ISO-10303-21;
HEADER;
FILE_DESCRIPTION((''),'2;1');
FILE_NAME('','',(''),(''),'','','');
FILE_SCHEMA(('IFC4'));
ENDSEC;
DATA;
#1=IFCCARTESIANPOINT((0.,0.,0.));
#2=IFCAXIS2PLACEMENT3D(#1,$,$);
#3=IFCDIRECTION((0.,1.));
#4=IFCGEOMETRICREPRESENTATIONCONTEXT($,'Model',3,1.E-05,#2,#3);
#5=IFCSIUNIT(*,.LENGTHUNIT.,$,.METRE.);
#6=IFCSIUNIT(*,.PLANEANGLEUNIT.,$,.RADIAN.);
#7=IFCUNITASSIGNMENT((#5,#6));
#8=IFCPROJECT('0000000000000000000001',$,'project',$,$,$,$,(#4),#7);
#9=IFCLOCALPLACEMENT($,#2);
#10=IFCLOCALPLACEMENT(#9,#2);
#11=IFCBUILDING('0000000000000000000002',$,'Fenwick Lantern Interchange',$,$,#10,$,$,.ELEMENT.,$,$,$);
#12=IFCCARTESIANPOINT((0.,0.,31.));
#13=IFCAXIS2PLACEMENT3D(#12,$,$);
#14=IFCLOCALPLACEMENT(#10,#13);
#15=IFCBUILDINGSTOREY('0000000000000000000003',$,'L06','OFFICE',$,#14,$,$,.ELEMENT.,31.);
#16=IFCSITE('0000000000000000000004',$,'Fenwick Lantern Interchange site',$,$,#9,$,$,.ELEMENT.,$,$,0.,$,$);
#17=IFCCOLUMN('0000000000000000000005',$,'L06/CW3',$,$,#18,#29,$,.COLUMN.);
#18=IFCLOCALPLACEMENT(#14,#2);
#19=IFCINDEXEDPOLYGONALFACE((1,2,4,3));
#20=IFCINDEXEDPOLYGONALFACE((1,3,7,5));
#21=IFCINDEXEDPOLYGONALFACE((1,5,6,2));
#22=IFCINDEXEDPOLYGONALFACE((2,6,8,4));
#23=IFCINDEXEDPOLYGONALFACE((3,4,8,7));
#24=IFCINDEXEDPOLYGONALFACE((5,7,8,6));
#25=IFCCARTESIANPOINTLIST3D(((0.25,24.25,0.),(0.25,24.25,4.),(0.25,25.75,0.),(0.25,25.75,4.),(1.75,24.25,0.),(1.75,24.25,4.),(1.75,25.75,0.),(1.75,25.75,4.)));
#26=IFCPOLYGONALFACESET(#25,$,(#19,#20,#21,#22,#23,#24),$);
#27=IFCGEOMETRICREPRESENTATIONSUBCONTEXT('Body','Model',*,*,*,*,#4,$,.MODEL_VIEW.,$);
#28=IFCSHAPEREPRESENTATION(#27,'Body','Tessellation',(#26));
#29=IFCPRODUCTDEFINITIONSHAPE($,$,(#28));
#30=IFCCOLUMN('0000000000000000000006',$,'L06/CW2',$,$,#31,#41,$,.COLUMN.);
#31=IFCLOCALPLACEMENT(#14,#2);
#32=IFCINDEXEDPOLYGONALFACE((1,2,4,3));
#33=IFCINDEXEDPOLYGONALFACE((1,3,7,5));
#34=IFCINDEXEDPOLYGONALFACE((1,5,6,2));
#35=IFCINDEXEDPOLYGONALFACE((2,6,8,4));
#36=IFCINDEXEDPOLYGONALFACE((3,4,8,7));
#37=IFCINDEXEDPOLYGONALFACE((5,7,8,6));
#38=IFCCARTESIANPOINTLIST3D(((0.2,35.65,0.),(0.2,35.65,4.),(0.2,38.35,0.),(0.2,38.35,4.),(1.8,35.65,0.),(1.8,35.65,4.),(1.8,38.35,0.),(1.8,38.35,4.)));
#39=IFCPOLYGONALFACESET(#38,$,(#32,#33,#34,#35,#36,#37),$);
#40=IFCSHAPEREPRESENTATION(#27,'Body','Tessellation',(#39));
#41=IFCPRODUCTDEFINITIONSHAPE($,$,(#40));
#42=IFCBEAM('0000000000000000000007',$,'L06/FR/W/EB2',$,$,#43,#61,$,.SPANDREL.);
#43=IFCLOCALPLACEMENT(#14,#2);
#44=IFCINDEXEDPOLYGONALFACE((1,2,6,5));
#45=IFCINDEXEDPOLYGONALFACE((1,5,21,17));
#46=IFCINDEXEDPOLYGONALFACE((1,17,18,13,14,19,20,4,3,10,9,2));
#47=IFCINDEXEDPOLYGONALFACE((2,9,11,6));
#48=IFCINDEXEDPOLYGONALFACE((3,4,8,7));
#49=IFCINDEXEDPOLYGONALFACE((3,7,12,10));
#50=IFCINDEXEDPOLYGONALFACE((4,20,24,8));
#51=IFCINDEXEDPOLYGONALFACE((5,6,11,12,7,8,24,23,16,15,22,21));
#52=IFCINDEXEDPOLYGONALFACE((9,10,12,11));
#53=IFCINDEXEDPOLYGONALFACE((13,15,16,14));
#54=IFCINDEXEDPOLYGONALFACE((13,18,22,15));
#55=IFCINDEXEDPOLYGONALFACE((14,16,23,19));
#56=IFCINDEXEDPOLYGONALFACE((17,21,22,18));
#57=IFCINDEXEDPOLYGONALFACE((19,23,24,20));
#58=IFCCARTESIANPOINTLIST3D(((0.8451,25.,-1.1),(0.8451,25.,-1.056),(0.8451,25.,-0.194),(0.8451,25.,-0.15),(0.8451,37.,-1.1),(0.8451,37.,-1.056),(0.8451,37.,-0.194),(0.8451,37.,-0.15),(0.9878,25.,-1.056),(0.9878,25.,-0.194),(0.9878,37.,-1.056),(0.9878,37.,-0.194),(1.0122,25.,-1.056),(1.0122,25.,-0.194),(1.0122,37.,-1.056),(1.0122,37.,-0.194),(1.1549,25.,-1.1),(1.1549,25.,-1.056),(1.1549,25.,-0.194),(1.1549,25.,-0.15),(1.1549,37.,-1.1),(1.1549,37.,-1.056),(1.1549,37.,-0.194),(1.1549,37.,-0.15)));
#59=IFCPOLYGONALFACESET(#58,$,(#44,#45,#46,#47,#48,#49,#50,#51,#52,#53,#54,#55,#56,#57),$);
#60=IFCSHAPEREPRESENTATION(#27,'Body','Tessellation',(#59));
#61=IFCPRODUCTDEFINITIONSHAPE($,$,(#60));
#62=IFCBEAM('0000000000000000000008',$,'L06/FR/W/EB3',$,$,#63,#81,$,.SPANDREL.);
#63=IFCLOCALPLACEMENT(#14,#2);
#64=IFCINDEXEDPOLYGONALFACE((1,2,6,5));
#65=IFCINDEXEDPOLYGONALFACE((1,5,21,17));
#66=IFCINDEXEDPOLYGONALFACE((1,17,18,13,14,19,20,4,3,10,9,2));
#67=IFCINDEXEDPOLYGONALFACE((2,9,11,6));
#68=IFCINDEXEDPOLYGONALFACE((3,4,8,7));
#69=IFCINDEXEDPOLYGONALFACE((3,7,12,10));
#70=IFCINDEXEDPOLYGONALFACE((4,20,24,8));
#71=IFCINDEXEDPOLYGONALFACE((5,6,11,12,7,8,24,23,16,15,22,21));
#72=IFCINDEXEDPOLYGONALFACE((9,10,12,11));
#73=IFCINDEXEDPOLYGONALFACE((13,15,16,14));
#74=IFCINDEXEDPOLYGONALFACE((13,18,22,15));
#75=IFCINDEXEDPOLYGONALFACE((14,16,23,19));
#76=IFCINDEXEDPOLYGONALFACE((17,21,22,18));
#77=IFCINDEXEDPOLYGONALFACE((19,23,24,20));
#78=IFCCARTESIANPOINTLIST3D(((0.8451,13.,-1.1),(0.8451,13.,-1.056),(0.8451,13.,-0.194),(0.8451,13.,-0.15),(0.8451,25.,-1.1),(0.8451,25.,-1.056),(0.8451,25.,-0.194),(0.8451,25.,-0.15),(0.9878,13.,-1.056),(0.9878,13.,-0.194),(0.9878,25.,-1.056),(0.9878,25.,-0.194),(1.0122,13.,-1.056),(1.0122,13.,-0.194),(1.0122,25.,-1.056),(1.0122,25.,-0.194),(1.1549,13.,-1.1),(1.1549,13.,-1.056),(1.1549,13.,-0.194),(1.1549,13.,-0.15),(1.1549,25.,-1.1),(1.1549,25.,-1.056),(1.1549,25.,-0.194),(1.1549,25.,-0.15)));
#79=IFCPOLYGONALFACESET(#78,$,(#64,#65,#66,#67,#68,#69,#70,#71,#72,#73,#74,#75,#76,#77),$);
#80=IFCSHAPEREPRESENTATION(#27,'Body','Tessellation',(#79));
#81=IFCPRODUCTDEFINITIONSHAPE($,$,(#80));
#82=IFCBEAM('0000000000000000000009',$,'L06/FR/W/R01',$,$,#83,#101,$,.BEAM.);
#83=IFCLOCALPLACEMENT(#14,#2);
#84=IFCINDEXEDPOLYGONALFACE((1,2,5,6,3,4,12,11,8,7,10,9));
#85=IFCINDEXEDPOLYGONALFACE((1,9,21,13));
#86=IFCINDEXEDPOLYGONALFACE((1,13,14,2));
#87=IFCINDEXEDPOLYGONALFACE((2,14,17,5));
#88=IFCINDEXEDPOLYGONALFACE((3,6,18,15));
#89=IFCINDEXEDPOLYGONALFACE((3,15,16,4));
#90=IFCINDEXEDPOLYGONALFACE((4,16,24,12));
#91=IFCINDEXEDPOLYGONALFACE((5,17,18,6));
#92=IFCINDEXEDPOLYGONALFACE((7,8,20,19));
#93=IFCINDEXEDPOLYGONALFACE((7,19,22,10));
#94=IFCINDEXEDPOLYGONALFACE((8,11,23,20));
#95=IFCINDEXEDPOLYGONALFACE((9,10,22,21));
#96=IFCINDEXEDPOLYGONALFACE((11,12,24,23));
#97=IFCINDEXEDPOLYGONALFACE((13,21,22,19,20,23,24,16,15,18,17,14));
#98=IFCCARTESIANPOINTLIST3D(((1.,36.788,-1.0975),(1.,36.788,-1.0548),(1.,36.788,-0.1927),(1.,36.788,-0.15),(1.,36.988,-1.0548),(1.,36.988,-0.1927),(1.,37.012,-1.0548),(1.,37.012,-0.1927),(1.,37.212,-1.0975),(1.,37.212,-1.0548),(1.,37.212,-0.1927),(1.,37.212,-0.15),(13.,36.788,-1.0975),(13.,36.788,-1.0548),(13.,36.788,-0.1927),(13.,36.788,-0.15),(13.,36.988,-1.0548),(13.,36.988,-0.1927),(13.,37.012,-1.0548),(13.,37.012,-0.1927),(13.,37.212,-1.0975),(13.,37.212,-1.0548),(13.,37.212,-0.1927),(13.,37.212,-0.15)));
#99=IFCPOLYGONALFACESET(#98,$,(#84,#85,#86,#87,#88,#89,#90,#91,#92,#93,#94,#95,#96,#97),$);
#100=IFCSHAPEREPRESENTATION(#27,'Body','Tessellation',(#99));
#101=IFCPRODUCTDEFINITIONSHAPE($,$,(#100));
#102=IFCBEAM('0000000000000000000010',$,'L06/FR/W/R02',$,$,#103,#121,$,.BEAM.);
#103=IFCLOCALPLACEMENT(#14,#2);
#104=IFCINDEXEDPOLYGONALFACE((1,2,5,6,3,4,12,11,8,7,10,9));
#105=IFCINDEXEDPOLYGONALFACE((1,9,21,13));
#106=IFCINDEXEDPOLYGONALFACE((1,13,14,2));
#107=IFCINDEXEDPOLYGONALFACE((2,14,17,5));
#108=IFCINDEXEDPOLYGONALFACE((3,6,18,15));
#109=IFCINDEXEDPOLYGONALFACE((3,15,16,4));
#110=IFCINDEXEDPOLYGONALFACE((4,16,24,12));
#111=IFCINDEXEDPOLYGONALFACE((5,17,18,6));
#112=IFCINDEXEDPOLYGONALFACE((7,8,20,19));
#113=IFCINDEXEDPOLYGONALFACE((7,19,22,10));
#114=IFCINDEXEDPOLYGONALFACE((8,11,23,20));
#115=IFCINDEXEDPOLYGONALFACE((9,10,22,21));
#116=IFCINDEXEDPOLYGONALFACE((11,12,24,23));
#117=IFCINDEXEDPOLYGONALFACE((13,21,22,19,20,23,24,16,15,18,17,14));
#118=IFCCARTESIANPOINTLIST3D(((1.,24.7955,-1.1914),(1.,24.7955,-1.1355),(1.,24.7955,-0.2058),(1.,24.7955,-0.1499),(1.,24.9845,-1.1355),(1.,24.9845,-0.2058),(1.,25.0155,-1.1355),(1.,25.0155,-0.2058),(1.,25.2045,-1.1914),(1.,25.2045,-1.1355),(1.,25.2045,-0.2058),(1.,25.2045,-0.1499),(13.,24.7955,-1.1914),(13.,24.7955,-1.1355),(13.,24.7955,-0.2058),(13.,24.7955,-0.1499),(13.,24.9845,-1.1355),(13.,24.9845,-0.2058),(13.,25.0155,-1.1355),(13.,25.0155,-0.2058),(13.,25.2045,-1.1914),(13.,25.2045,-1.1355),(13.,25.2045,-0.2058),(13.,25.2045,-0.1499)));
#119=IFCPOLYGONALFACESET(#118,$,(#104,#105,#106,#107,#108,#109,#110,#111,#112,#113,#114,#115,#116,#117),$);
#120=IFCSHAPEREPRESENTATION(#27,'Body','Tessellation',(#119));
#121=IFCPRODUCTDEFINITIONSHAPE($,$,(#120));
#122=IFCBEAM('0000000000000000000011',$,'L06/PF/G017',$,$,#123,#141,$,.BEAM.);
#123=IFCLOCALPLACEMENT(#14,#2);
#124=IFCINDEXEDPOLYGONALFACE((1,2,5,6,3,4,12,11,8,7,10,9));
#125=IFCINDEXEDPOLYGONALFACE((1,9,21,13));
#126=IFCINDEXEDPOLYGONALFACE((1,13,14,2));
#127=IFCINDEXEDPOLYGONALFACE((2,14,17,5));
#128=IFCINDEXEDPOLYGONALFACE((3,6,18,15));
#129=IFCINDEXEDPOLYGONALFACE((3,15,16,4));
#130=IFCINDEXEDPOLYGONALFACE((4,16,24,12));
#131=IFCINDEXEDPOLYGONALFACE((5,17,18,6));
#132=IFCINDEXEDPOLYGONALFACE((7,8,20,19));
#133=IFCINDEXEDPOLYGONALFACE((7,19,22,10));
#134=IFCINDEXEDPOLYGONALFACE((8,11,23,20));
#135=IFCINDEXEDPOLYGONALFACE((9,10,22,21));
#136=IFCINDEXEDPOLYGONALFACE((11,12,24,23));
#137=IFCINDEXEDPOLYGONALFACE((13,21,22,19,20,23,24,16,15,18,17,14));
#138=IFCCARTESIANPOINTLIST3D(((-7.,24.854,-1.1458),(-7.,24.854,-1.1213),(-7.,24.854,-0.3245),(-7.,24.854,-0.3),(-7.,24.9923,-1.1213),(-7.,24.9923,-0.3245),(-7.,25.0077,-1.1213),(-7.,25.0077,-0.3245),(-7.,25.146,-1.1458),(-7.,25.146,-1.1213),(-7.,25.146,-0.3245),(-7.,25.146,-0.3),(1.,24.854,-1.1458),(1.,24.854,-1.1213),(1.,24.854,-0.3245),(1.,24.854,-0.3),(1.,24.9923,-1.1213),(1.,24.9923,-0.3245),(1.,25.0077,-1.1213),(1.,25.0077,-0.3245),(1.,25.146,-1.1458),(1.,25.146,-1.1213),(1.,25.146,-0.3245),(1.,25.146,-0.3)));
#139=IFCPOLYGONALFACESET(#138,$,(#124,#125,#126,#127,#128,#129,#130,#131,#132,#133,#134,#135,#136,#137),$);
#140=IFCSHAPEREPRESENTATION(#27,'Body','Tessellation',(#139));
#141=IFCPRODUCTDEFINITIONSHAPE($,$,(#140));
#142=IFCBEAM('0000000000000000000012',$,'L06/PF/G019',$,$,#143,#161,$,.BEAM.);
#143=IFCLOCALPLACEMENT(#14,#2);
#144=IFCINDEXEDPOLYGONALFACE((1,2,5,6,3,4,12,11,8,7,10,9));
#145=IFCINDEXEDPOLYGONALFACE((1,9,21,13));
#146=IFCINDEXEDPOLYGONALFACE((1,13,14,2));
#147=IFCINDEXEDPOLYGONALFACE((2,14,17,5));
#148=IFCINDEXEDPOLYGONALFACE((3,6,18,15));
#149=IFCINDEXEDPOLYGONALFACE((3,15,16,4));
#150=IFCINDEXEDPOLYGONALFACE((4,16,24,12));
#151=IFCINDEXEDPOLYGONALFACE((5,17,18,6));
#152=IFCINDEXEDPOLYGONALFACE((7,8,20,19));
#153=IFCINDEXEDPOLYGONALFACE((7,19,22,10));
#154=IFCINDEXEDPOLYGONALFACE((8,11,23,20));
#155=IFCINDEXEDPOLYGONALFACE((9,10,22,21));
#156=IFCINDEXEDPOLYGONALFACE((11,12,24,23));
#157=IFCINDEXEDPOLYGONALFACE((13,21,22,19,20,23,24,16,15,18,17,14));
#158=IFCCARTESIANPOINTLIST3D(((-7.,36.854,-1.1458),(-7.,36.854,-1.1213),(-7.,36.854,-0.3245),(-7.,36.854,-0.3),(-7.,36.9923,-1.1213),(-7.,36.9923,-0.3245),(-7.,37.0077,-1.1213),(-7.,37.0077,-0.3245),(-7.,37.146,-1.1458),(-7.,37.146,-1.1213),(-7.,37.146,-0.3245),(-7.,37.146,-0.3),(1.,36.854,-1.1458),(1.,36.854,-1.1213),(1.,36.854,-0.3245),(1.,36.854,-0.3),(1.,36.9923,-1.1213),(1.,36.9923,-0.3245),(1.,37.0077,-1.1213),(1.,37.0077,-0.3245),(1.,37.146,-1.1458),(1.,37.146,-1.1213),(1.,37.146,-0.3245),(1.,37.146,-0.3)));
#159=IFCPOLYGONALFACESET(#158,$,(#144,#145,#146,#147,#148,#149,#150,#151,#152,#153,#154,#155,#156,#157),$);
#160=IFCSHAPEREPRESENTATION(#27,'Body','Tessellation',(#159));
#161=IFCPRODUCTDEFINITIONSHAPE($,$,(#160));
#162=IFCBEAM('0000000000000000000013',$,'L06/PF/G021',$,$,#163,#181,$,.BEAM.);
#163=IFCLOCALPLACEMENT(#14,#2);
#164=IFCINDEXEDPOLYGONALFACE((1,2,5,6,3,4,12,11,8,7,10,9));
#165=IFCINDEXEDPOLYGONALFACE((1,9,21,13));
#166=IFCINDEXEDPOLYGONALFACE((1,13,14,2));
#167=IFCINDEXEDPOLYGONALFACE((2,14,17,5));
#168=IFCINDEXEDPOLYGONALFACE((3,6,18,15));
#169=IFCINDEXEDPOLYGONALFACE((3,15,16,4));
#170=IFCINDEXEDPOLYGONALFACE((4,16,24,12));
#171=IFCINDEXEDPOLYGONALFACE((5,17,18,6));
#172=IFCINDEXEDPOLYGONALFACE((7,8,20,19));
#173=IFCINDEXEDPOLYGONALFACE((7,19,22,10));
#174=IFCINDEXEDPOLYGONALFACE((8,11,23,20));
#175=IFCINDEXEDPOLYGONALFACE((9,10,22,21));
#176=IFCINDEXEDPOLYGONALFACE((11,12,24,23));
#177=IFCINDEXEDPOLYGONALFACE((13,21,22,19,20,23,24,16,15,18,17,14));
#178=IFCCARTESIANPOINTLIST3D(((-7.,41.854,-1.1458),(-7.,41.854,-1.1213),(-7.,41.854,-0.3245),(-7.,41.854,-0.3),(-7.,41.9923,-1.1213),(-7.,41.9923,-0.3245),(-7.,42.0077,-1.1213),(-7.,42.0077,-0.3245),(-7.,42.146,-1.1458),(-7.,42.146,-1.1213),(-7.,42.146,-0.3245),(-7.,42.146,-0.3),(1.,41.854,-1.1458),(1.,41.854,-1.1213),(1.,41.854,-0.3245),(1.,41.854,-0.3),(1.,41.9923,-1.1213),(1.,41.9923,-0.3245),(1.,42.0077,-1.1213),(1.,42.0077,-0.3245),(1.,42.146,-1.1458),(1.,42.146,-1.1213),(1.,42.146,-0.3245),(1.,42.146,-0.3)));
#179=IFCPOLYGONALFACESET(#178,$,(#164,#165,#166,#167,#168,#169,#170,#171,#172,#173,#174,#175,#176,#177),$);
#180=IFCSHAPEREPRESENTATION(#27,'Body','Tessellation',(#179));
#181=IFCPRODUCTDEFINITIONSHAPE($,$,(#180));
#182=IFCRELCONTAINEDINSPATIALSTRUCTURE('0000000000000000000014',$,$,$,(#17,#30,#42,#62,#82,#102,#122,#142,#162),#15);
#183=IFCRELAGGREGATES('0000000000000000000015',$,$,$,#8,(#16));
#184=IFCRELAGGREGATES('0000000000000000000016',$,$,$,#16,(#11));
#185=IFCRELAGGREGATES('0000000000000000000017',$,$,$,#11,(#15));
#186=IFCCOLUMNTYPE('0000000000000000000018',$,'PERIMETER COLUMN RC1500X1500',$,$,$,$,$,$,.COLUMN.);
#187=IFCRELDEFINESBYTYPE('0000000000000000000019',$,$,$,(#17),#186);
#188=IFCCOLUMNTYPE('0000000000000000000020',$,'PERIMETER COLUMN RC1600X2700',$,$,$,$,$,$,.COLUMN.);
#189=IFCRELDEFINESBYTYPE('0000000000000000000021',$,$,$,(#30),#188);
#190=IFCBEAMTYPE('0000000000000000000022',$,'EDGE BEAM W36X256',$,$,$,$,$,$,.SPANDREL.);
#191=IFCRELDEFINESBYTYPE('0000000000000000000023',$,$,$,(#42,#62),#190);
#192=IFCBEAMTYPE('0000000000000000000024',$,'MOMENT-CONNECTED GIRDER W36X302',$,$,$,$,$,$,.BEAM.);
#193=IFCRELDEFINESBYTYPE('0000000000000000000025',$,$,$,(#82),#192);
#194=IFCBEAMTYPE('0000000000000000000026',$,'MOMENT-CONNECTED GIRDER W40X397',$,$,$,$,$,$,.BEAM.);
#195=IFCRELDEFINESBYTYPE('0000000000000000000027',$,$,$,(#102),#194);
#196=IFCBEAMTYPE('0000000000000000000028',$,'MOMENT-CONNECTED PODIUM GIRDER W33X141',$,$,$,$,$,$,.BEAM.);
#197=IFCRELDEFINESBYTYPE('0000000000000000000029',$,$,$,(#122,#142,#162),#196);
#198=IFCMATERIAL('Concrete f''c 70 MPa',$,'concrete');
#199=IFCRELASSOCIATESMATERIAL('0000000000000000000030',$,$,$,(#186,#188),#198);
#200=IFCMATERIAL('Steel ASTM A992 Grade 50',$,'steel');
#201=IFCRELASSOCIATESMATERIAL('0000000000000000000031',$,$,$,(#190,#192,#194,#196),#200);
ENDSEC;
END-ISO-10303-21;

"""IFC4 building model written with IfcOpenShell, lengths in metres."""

from ifc_helpers import new_model, si_unit, direction, frame, origin, origin_2d, place, context, subcontext, project, spatial, rectangle, i_section, extrude, material, material_profile, profile_set, type_object, element, save


model = new_model("IFC4")

# Units and contexts
model_context = context("Model", 3, precision=1e-05, world=origin(), true_north=direction((0.0, 1.0)))
body_context = subcontext(model_context, "Body", "Model", "MODEL_VIEW")
ifc_project = project(units=[si_unit("LENGTHUNIT", "METRE"), si_unit("PLANEANGLEUNIT", "RADIAN")], contexts=[model_context])

# Site, building, storey
site_placement = place(None, origin())
site = spatial("IfcSite", under=ifc_project, at=site_placement, Name="Fenwick Lantern Interchange site", CompositionType="ELEMENT", RefElevation=0.0)
building_placement = place(site_placement, origin())
building = spatial("IfcBuilding", under=site, at=building_placement, Name="Fenwick Lantern Interchange", CompositionType="ELEMENT")
storey_placement = place(building_placement, frame((0.0, 0.0, 31.0)))
storey = spatial("IfcBuildingStorey", under=building, at=storey_placement, Name="L06", Description="OFFICE", CompositionType="ELEMENT", Elevation=31.0)

# Columns
ifc_material_1 = material(Name="Concrete f'c 70 MPa", Category="concrete")
ifc_material_profile_1 = material_profile(ifc_material_1, rectangle(XDim=1.5, YDim=1.5, at=origin_2d()), Name="RC1500X1500")
ifc_profile_set_1 = profile_set([ifc_material_profile_1], Name="Concrete f'c 70 MPa")
column_type_1 = type_object("IfcColumnType", Name="PERIMETER COLUMN RC1500X1500", PredefinedType="COLUMN", material=ifc_profile_set_1)
column_1_placement = place(storey_placement, frame((1.0, 25.0, 0.0), z_axis=(0.0, 0.0, 1.0), x_axis=(1.0, 0.0, 0.0)))
element("IfcColumn", 1, at=column_1_placement, inside=storey, type_object=column_type_1, Name="L06/CW3", PredefinedType="COLUMN", context=body_context, shape_type="SweptSolid", body=[
    extrude(rectangle(XDim=1.5, YDim=1.5, at=origin_2d()), origin(), (0.0, 0.0, 1.0), 4.0),
])
ifc_material_profile_2 = material_profile(ifc_material_1, rectangle(XDim=1.6001, YDim=2.7, at=origin_2d()), Name="RC1600X2700")
ifc_profile_set_2 = profile_set([ifc_material_profile_2], Name="Concrete f'c 70 MPa")
column_type_2 = type_object("IfcColumnType", Name="PERIMETER COLUMN RC1600X2700", PredefinedType="COLUMN", material=ifc_profile_set_2)
column_2_placement = place(storey_placement, frame((1.0, 37.0, 0.0), z_axis=(0.0, 0.0, 1.0), x_axis=(1.0, 0.0, 0.0)))
element("IfcColumn", 2, at=column_2_placement, inside=storey, type_object=column_type_2, Name="L06/CW2", PredefinedType="COLUMN", context=body_context, shape_type="SweptSolid", body=[
    extrude(rectangle(XDim=1.6001, YDim=2.7, at=origin_2d()), origin(), (0.0, 0.0, 1.0), 4.0),
])

# Beams
ifc_material_2 = material(Name="Steel ASTM A992 Grade 50", Category="steel")
ifc_material_profile_3 = material_profile(ifc_material_2, i_section(OverallWidth=0.3098, OverallDepth=0.95, WebThickness=0.0244, FlangeThickness=0.0439, at=origin_2d()), Name="W36X256")
ifc_profile_set_3 = profile_set([ifc_material_profile_3], Name="Steel ASTM A992 Grade 50")
beam_type_1 = type_object("IfcBeamType", Name="EDGE BEAM W36X256", PredefinedType="SPANDREL", material=ifc_profile_set_3)
for number, where, z_axis, x_axis, name in (
    (3, (1.0, 37.0, -0.625), (0.0, -1.0, 0.0), (1.0, 0.0, 0.0), "L06/FR/W/EB2"),
    (4, (1.0, 25.0, -0.625), (0.0, -1.0, 0.0), (1.0, 0.0, 0.0), "L06/FR/W/EB3"),
):
    element("IfcBeam", number, at=place(storey_placement, frame(where, z_axis=z_axis, x_axis=x_axis)), inside=storey, type_object=beam_type_1, Name=name, PredefinedType="SPANDREL", context=body_context, shape_type="SweptSolid", body=[
        extrude(i_section(OverallWidth=0.3098, OverallDepth=0.95, WebThickness=0.0244, FlangeThickness=0.0439, at=origin_2d()), origin(), (0.0, 0.0, 1.0), 12.0),
    ])
ifc_material_profile_4 = material_profile(ifc_material_2, i_section(OverallWidth=0.4241, OverallDepth=0.9475, WebThickness=0.0239, FlangeThickness=0.0427, at=origin_2d()), Name="W36X302")
ifc_profile_set_4 = profile_set([ifc_material_profile_4], Name="Steel ASTM A992 Grade 50")
beam_type_2 = type_object("IfcBeamType", Name="MOMENT-CONNECTED GIRDER W36X302", PredefinedType="BEAM", material=ifc_profile_set_4)
beam_1_placement = place(storey_placement, frame((1.0, 37.0, -0.6238), z_axis=(1.0, 0.0, 0.0), x_axis=(0.0, 1.0, 0.0)))
element("IfcBeam", 5, at=beam_1_placement, inside=storey, type_object=beam_type_2, Name="L06/FR/W/R01", PredefinedType="BEAM", context=body_context, shape_type="SweptSolid", body=[
    extrude(i_section(OverallWidth=0.4241, OverallDepth=0.9475, WebThickness=0.0239, FlangeThickness=0.0427, at=origin_2d()), origin(), (0.0, 0.0, 1.0), 12.0),
])
ifc_material_profile_5 = material_profile(ifc_material_2, i_section(OverallWidth=0.4089, OverallDepth=1.0415, WebThickness=0.031, FlangeThickness=0.0559, at=origin_2d()), Name="W40X397")
ifc_profile_set_5 = profile_set([ifc_material_profile_5], Name="Steel ASTM A992 Grade 50")
beam_type_3 = type_object("IfcBeamType", Name="MOMENT-CONNECTED GIRDER W40X397", PredefinedType="BEAM", material=ifc_profile_set_5)
beam_2_placement = place(storey_placement, frame((1.0, 25.0, -0.6707), z_axis=(1.0, 0.0, 0.0), x_axis=(0.0, 1.0, 0.0)))
element("IfcBeam", 6, at=beam_2_placement, inside=storey, type_object=beam_type_3, Name="L06/FR/W/R02", PredefinedType="BEAM", context=body_context, shape_type="SweptSolid", body=[
    extrude(i_section(OverallWidth=0.4089, OverallDepth=1.0415, WebThickness=0.031, FlangeThickness=0.0559, at=origin_2d()), origin(), (0.0, 0.0, 1.0), 12.0),
])
ifc_material_profile_6 = material_profile(ifc_material_2, i_section(OverallWidth=0.292, OverallDepth=0.8457, WebThickness=0.0154, FlangeThickness=0.0244, at=origin_2d()), Name="W33X141")
ifc_profile_set_6 = profile_set([ifc_material_profile_6], Name="Steel ASTM A992 Grade 50")
beam_type_4 = type_object("IfcBeamType", Name="MOMENT-CONNECTED PODIUM GIRDER W33X141", PredefinedType="BEAM", material=ifc_profile_set_6)
for number, where, z_axis, x_axis, name in (
    (7, (-7.0, 25.0, -0.7229), (1.0, 0.0, 0.0), (0.0, 1.0, 0.0), "L06/PF/G017"),
    (8, (-7.0, 37.0, -0.7229), (1.0, 0.0, 0.0), (0.0, 1.0, 0.0), "L06/PF/G019"),
    (9, (-7.0, 42.0, -0.7229), (1.0, 0.0, 0.0), (0.0, 1.0, 0.0), "L06/PF/G021"),
):
    element("IfcBeam", number, at=place(storey_placement, frame(where, z_axis=z_axis, x_axis=x_axis)), inside=storey, type_object=beam_type_4, Name=name, PredefinedType="BEAM", context=body_context, shape_type="SweptSolid", body=[
        extrude(i_section(OverallWidth=0.292, OverallDepth=0.8457, WebThickness=0.0154, FlangeThickness=0.0244, at=origin_2d()), origin(), (0.0, 0.0, 1.0), 8.0),
    ])

save(model, "model.ifc")
